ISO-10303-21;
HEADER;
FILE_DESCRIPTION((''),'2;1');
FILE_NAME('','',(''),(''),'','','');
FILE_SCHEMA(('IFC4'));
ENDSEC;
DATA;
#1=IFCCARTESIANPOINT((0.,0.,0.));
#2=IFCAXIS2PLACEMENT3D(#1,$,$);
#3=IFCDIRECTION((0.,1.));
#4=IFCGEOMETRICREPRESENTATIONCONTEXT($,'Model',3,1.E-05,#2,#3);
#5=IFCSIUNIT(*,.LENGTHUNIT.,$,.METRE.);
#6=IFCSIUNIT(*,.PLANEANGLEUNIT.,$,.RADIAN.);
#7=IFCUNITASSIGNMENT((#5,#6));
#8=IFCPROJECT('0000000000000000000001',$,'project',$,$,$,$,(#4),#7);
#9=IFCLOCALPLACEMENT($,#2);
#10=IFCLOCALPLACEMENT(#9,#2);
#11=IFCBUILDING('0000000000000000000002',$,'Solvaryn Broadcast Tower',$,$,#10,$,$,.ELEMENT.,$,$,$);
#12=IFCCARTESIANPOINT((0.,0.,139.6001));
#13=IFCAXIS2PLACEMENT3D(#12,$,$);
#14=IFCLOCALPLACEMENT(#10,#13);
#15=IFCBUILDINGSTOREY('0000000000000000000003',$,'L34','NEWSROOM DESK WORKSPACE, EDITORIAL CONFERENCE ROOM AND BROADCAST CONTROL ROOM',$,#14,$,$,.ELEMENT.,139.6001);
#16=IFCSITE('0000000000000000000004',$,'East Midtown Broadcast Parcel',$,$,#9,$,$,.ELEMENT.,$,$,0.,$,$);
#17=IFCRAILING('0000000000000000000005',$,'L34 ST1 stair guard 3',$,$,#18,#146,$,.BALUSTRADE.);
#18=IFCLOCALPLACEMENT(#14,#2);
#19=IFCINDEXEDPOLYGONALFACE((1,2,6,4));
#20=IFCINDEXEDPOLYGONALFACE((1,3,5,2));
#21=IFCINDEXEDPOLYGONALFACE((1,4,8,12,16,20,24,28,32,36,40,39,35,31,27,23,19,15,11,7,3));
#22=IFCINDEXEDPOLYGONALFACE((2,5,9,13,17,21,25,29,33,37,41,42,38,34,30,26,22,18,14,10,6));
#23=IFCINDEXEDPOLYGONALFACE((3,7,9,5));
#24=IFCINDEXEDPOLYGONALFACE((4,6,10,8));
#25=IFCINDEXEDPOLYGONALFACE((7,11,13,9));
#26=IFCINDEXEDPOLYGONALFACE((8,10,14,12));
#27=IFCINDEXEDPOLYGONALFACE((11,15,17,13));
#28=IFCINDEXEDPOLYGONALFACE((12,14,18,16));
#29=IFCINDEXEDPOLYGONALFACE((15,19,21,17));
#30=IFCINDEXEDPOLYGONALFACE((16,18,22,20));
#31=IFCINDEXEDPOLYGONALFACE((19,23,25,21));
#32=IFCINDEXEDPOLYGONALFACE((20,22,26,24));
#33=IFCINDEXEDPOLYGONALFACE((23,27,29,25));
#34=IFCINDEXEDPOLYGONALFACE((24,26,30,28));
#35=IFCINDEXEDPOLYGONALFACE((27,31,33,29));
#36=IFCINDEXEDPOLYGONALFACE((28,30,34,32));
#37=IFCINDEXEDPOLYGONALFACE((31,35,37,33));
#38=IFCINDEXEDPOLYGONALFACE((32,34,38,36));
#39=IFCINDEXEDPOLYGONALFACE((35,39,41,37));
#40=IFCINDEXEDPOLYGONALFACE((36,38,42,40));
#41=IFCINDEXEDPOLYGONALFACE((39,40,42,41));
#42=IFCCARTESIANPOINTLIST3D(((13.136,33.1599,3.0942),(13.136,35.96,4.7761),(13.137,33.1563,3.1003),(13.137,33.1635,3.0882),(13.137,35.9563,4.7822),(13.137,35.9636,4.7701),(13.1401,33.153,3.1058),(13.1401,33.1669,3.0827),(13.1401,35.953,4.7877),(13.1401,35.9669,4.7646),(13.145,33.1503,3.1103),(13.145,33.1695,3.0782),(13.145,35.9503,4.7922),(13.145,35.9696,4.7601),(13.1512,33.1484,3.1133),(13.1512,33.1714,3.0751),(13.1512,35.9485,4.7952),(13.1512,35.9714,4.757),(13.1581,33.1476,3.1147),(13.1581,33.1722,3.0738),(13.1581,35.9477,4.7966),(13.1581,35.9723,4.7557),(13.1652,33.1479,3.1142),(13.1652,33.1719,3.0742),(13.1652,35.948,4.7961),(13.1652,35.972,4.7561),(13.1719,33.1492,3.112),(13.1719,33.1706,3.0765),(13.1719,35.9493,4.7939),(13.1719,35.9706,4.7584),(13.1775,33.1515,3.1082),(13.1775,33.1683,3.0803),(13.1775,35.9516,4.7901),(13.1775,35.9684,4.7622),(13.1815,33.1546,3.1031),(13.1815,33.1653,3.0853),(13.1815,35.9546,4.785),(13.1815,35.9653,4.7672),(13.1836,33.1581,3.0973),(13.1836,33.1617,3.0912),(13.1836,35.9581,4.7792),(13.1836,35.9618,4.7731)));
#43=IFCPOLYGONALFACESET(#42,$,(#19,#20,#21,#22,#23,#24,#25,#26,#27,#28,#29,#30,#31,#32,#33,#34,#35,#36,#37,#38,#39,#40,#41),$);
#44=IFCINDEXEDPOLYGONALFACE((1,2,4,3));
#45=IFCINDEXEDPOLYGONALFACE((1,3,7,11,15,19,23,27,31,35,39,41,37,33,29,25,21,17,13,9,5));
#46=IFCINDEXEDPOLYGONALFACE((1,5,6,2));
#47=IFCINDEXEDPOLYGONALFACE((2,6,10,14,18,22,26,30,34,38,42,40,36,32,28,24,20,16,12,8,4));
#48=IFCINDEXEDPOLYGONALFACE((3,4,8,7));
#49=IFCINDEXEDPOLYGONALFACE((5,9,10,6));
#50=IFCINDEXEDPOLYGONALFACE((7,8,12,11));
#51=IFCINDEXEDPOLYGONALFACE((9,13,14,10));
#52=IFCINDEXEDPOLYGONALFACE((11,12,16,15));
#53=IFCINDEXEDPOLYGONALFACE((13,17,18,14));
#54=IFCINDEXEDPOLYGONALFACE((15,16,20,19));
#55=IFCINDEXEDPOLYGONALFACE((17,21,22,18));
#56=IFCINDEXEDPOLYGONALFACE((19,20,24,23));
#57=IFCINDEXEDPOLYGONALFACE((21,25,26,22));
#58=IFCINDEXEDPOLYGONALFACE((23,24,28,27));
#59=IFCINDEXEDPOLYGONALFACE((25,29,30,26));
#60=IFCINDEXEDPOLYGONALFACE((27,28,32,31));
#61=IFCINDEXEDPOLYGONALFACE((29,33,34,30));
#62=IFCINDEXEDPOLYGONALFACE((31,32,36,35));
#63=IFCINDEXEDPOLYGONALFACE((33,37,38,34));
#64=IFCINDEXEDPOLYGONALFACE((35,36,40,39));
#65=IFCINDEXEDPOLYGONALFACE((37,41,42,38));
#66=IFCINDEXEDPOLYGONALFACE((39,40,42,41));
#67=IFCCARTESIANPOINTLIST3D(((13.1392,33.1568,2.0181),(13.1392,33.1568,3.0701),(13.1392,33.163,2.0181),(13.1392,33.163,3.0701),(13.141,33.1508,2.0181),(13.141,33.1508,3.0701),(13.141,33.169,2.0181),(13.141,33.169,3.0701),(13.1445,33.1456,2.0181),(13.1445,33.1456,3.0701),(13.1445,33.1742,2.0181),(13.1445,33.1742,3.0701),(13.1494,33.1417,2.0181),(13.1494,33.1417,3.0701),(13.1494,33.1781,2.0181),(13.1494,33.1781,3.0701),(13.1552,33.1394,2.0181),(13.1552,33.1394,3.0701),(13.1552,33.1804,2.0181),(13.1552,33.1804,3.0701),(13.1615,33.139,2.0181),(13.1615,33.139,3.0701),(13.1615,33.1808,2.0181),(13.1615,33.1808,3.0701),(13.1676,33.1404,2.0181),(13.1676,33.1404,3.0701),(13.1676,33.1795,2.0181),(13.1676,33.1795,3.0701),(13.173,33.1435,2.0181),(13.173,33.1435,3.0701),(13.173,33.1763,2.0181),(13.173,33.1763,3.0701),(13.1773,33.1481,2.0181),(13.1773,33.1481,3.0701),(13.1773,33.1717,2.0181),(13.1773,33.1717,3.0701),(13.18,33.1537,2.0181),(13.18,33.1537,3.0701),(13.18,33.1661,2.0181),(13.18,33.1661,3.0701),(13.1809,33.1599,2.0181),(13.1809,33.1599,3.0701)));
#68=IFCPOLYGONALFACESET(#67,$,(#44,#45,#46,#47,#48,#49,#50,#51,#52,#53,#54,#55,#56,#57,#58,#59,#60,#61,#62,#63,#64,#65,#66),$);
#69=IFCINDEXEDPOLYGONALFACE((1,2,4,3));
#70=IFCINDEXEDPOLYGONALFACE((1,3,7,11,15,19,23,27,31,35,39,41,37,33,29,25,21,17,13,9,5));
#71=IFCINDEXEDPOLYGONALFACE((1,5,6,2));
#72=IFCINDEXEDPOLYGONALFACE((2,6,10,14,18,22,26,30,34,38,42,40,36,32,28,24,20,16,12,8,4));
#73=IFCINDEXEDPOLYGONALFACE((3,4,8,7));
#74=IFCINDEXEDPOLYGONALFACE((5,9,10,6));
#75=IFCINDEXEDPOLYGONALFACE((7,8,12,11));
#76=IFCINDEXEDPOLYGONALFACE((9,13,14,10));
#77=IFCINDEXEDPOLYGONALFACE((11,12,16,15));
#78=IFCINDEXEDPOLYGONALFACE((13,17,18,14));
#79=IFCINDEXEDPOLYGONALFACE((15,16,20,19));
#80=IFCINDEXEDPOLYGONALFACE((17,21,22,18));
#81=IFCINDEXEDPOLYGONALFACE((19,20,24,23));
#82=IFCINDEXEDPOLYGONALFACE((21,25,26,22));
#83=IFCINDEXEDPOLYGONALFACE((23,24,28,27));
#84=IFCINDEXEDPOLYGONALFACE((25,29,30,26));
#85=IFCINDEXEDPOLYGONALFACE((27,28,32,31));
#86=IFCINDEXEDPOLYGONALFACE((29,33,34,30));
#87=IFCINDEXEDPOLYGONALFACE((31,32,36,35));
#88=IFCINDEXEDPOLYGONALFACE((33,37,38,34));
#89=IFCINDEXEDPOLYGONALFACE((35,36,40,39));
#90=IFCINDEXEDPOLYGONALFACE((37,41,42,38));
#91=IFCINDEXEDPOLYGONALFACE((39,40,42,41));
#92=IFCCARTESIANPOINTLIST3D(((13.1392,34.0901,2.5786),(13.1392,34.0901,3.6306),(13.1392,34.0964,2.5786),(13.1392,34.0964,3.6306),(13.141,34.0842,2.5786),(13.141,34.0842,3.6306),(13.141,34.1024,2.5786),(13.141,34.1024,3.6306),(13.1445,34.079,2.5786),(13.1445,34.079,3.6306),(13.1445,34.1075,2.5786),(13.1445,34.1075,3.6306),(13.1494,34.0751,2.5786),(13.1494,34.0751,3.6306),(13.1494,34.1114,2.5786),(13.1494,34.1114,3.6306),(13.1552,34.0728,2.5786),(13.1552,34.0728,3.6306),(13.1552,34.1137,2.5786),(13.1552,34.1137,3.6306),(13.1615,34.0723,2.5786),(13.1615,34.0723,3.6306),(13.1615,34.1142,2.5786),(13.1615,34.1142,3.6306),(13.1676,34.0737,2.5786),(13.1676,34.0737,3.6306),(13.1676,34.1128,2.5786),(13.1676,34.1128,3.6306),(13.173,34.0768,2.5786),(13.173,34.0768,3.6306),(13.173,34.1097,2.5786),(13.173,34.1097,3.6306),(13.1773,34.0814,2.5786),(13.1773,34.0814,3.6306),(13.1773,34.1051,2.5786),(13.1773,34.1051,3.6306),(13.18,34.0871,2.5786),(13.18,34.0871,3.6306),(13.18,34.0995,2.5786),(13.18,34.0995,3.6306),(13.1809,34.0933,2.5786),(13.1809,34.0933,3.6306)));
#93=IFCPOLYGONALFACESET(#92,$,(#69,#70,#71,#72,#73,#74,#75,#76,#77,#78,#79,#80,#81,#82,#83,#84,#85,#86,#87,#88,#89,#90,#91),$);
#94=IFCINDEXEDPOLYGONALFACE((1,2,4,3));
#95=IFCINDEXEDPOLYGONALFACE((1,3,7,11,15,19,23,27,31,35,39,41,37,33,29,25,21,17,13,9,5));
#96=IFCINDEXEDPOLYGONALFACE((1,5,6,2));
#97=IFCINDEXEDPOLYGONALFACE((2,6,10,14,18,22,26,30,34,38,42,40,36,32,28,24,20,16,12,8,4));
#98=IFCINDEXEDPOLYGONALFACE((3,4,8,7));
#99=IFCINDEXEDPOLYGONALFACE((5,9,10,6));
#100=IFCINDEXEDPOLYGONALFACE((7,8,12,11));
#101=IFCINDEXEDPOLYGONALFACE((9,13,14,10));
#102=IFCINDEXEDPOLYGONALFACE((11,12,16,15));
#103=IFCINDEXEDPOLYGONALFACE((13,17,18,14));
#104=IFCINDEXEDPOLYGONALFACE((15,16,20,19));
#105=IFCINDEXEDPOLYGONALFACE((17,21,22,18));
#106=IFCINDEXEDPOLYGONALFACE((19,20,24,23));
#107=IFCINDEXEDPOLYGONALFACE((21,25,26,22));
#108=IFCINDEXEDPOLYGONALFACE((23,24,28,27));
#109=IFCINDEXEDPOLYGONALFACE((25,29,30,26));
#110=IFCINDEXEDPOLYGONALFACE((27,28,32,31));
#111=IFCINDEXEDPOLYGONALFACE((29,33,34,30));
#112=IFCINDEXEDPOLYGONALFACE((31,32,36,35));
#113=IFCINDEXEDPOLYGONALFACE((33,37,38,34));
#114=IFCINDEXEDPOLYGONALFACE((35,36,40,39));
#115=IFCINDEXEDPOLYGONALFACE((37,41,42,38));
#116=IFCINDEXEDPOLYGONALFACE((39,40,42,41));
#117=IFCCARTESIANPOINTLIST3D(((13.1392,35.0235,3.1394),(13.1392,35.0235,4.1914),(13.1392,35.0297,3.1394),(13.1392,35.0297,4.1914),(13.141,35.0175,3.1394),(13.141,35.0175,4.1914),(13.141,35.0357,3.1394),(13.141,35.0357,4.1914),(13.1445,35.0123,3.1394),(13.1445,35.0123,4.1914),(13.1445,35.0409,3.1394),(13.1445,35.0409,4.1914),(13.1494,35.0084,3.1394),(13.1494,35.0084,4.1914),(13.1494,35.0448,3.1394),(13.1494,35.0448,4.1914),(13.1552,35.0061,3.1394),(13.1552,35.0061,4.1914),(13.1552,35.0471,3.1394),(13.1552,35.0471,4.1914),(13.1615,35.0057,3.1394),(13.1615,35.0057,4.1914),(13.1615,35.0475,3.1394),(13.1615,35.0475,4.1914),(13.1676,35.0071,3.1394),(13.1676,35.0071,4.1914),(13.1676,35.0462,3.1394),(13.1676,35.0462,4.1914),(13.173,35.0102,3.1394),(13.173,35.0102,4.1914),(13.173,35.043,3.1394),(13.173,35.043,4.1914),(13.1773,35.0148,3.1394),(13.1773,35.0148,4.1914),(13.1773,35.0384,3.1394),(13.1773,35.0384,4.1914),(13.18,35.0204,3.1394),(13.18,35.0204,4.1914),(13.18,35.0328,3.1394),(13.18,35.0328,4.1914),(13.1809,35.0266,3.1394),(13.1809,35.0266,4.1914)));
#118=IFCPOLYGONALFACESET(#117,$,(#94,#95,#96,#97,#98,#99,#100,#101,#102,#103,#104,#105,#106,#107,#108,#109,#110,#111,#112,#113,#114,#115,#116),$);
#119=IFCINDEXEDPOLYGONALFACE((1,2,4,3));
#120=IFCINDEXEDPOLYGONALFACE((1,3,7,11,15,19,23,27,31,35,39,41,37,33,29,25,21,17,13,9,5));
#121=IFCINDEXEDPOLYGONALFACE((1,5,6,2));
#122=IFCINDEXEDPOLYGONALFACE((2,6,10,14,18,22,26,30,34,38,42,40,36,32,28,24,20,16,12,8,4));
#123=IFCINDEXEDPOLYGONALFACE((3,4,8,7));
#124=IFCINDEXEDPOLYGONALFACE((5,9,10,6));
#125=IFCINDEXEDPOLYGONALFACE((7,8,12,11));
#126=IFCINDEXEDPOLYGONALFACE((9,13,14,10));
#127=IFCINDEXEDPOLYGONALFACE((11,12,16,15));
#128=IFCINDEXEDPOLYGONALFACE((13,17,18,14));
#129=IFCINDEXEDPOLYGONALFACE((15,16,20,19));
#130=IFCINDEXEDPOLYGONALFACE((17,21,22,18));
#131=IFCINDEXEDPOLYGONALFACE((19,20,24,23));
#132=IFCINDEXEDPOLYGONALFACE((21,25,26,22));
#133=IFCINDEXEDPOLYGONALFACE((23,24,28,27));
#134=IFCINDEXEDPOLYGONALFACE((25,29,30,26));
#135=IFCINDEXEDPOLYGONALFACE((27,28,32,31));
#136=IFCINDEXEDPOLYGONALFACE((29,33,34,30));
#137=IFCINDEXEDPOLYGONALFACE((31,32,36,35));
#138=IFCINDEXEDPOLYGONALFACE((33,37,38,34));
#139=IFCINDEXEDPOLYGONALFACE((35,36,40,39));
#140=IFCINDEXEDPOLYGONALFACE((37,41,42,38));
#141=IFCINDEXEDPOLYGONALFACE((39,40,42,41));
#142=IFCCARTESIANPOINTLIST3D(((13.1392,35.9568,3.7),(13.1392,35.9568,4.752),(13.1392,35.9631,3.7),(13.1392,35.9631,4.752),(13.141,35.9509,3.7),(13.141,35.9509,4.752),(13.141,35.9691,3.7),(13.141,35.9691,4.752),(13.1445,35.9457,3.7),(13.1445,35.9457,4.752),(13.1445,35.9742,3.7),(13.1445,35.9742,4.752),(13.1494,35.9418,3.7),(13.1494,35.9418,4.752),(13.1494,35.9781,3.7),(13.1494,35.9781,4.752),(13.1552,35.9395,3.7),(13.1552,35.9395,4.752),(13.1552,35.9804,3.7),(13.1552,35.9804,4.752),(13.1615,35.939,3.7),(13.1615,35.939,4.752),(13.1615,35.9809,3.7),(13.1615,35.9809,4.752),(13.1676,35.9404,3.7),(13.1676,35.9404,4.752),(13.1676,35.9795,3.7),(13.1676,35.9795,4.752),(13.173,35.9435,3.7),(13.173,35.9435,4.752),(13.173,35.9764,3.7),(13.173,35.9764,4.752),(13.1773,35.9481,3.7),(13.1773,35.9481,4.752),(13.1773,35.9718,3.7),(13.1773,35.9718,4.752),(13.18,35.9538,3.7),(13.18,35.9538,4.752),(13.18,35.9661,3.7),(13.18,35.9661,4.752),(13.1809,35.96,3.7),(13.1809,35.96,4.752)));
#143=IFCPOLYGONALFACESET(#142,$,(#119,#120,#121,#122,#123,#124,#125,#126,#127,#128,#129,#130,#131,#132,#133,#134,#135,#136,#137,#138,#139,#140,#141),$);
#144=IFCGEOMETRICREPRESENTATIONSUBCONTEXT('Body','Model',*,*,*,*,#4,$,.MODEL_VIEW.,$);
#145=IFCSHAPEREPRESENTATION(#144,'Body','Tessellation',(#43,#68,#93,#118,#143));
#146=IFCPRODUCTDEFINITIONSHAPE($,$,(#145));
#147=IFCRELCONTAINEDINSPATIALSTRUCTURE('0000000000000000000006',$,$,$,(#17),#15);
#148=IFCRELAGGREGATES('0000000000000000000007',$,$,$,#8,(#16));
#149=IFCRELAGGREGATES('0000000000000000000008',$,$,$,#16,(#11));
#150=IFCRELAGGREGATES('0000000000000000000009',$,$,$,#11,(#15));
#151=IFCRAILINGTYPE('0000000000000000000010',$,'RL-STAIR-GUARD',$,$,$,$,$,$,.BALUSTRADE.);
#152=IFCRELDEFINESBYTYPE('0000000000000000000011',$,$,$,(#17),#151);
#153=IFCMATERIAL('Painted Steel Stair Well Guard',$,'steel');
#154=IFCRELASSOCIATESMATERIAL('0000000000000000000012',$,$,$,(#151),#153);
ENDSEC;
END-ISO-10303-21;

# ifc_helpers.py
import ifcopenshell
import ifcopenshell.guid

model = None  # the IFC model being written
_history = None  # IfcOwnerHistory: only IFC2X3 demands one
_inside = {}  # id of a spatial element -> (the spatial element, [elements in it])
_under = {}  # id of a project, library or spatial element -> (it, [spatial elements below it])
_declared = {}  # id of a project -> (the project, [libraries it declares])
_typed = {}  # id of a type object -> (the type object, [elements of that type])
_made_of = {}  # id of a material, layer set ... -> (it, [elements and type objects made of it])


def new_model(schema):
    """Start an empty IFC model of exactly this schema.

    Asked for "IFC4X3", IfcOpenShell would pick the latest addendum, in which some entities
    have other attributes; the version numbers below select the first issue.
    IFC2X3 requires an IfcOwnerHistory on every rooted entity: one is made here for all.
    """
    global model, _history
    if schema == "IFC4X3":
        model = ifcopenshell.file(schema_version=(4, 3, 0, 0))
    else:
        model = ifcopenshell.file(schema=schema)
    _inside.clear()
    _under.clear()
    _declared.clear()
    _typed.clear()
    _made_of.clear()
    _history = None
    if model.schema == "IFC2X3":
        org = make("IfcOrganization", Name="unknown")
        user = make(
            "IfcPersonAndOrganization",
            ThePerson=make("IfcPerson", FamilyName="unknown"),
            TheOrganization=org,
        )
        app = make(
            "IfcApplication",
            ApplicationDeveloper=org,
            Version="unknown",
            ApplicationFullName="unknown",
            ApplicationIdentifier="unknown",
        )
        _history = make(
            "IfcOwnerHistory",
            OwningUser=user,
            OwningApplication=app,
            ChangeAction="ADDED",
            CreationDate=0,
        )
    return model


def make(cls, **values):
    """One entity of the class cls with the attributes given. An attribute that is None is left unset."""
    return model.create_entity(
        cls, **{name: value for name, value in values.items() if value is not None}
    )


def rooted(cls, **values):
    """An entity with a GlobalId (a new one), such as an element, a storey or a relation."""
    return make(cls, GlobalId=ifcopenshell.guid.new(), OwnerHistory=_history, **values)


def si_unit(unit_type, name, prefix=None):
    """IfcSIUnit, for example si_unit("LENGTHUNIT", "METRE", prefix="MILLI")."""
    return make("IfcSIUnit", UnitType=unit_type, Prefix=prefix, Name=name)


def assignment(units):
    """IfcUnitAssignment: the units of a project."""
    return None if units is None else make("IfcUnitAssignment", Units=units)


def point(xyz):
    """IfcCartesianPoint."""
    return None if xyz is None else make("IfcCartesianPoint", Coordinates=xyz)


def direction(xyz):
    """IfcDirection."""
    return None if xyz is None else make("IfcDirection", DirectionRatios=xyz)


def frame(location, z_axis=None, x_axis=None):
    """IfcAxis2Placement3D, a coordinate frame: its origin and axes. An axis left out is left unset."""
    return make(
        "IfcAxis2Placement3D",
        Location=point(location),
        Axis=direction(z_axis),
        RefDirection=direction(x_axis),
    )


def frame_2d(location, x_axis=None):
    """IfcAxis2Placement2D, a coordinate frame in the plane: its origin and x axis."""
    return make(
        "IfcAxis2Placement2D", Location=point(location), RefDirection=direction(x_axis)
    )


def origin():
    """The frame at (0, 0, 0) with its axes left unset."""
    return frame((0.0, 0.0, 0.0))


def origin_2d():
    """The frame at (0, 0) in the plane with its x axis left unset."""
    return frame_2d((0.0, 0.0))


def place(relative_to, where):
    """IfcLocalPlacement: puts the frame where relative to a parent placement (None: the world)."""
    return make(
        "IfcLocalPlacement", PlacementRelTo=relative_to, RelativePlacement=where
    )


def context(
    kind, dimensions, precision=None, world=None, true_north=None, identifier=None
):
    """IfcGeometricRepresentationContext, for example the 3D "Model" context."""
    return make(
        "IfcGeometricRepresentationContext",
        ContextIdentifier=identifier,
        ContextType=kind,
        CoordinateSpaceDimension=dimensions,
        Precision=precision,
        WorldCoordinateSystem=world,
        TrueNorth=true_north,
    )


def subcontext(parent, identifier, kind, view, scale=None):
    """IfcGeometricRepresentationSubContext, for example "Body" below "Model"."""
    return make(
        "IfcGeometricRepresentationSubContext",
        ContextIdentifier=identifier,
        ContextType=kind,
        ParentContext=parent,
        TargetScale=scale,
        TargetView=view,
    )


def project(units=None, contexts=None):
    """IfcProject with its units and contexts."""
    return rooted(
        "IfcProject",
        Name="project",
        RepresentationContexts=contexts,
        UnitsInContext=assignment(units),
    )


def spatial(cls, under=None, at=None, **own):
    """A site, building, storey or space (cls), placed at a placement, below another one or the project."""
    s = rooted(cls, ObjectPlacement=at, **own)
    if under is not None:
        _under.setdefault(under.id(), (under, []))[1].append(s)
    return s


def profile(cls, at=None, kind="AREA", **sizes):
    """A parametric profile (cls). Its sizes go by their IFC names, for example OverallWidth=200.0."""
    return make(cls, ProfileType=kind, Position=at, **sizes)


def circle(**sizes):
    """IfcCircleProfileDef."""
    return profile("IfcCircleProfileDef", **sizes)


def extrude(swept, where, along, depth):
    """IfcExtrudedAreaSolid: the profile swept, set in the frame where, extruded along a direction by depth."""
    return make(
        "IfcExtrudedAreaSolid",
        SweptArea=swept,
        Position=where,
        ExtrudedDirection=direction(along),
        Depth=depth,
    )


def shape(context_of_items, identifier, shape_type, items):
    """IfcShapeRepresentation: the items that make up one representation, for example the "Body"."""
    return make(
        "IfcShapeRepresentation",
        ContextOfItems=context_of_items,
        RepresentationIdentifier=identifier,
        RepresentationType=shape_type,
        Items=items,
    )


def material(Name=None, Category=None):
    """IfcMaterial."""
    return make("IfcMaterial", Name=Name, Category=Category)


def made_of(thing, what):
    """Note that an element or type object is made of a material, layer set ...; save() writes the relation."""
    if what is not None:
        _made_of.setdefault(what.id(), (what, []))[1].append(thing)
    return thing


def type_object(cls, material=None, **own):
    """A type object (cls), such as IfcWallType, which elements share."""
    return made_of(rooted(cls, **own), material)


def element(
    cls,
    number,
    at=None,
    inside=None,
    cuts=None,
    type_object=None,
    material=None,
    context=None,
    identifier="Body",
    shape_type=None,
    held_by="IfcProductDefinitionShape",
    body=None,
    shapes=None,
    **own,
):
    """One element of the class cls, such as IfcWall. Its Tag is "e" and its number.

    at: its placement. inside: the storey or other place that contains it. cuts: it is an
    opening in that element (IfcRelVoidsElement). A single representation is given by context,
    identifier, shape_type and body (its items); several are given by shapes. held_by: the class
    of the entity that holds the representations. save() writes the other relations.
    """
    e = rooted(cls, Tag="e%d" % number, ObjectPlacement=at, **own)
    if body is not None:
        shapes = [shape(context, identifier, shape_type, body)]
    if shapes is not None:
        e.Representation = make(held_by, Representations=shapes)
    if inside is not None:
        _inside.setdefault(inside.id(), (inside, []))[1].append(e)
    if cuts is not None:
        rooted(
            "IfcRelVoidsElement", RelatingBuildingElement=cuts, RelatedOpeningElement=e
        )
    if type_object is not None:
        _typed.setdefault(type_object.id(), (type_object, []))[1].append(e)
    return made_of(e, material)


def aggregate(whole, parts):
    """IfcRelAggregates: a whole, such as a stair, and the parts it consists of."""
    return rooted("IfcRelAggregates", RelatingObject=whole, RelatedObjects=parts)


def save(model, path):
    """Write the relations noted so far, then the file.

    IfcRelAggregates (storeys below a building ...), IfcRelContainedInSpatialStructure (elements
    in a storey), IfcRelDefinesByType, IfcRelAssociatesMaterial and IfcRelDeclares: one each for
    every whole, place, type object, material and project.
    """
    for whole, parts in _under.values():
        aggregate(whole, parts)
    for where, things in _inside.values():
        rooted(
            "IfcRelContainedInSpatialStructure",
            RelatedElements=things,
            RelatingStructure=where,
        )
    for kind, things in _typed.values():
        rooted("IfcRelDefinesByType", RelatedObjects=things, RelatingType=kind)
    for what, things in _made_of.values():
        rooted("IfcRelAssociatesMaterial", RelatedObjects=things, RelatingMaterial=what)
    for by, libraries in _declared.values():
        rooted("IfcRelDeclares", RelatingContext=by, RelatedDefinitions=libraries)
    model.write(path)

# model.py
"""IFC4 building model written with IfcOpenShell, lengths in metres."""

from ifc_helpers import new_model, si_unit, direction, frame, origin, origin_2d, place, context, subcontext, project, spatial, circle, extrude, material, type_object, element, save


model = new_model("IFC4")

# Units and contexts
model_context = context("Model", 3, precision=1e-05, world=origin(), true_north=direction((0.0, 1.0)))
body_context = subcontext(model_context, "Body", "Model", "MODEL_VIEW")
ifc_project = project(units=[si_unit("LENGTHUNIT", "METRE"), si_unit("PLANEANGLEUNIT", "RADIAN")], contexts=[model_context])

# Site, building, storey
site_placement = place(None, origin())
site = spatial("IfcSite", under=ifc_project, at=site_placement, Name="East Midtown Broadcast Parcel", CompositionType="ELEMENT", RefElevation=0.0)
building_placement = place(site_placement, origin())
building = spatial("IfcBuilding", under=site, at=building_placement, Name="Solvaryn Broadcast Tower", CompositionType="ELEMENT")
storey_placement = place(building_placement, frame((0.0, 0.0, 139.6001)))
storey = spatial("IfcBuildingStorey", under=building, at=storey_placement, Name="L34", Description="NEWSROOM DESK WORKSPACE, EDITORIAL CONFERENCE ROOM AND BROADCAST CONTROL ROOM", CompositionType="ELEMENT", Elevation=139.6001)

# Railing
ifc_material_1 = material(Name="Painted Steel Stair Well Guard", Category="steel")
railing_type_1 = type_object("IfcRailingType", Name="RL-STAIR-GUARD", PredefinedType="BALUSTRADE", material=ifc_material_1)
railing_1_placement = place(storey_placement, frame((13.1599, 33.1599, 2.0181)))
element("IfcRailing", 1, at=railing_1_placement, inside=storey, type_object=railing_type_1, Name="L34 ST1 stair guard 3", PredefinedType="BALUSTRADE", context=body_context, shape_type="SweptSolid", body=[
    extrude(circle(Radius=0.0239, at=origin_2d()), frame((0.0, 0.0, 1.0762), z_axis=(0.0, 0.857242, 0.514913), x_axis=(-1.0, 0.0, 0.0)), (0.0, 0.0, 1.0), 3.2664),
    extrude(circle(Radius=0.021, at=origin_2d()), origin(), (0.0, 0.0, 1.0), 1.052),
    extrude(circle(Radius=0.021, at=origin_2d()), frame((0.0, 0.9333, 0.5605)), (0.0, 0.0, 1.0), 1.052),
    extrude(circle(Radius=0.021, at=origin_2d()), frame((0.0, 1.8667, 1.1213)), (0.0, 0.0, 1.0), 1.052),
    extrude(circle(Radius=0.021, at=origin_2d()), frame((0.0, 2.8, 1.6819)), (0.0, 0.0, 1.0), 1.052),
])

save(model, "model.ifc")
